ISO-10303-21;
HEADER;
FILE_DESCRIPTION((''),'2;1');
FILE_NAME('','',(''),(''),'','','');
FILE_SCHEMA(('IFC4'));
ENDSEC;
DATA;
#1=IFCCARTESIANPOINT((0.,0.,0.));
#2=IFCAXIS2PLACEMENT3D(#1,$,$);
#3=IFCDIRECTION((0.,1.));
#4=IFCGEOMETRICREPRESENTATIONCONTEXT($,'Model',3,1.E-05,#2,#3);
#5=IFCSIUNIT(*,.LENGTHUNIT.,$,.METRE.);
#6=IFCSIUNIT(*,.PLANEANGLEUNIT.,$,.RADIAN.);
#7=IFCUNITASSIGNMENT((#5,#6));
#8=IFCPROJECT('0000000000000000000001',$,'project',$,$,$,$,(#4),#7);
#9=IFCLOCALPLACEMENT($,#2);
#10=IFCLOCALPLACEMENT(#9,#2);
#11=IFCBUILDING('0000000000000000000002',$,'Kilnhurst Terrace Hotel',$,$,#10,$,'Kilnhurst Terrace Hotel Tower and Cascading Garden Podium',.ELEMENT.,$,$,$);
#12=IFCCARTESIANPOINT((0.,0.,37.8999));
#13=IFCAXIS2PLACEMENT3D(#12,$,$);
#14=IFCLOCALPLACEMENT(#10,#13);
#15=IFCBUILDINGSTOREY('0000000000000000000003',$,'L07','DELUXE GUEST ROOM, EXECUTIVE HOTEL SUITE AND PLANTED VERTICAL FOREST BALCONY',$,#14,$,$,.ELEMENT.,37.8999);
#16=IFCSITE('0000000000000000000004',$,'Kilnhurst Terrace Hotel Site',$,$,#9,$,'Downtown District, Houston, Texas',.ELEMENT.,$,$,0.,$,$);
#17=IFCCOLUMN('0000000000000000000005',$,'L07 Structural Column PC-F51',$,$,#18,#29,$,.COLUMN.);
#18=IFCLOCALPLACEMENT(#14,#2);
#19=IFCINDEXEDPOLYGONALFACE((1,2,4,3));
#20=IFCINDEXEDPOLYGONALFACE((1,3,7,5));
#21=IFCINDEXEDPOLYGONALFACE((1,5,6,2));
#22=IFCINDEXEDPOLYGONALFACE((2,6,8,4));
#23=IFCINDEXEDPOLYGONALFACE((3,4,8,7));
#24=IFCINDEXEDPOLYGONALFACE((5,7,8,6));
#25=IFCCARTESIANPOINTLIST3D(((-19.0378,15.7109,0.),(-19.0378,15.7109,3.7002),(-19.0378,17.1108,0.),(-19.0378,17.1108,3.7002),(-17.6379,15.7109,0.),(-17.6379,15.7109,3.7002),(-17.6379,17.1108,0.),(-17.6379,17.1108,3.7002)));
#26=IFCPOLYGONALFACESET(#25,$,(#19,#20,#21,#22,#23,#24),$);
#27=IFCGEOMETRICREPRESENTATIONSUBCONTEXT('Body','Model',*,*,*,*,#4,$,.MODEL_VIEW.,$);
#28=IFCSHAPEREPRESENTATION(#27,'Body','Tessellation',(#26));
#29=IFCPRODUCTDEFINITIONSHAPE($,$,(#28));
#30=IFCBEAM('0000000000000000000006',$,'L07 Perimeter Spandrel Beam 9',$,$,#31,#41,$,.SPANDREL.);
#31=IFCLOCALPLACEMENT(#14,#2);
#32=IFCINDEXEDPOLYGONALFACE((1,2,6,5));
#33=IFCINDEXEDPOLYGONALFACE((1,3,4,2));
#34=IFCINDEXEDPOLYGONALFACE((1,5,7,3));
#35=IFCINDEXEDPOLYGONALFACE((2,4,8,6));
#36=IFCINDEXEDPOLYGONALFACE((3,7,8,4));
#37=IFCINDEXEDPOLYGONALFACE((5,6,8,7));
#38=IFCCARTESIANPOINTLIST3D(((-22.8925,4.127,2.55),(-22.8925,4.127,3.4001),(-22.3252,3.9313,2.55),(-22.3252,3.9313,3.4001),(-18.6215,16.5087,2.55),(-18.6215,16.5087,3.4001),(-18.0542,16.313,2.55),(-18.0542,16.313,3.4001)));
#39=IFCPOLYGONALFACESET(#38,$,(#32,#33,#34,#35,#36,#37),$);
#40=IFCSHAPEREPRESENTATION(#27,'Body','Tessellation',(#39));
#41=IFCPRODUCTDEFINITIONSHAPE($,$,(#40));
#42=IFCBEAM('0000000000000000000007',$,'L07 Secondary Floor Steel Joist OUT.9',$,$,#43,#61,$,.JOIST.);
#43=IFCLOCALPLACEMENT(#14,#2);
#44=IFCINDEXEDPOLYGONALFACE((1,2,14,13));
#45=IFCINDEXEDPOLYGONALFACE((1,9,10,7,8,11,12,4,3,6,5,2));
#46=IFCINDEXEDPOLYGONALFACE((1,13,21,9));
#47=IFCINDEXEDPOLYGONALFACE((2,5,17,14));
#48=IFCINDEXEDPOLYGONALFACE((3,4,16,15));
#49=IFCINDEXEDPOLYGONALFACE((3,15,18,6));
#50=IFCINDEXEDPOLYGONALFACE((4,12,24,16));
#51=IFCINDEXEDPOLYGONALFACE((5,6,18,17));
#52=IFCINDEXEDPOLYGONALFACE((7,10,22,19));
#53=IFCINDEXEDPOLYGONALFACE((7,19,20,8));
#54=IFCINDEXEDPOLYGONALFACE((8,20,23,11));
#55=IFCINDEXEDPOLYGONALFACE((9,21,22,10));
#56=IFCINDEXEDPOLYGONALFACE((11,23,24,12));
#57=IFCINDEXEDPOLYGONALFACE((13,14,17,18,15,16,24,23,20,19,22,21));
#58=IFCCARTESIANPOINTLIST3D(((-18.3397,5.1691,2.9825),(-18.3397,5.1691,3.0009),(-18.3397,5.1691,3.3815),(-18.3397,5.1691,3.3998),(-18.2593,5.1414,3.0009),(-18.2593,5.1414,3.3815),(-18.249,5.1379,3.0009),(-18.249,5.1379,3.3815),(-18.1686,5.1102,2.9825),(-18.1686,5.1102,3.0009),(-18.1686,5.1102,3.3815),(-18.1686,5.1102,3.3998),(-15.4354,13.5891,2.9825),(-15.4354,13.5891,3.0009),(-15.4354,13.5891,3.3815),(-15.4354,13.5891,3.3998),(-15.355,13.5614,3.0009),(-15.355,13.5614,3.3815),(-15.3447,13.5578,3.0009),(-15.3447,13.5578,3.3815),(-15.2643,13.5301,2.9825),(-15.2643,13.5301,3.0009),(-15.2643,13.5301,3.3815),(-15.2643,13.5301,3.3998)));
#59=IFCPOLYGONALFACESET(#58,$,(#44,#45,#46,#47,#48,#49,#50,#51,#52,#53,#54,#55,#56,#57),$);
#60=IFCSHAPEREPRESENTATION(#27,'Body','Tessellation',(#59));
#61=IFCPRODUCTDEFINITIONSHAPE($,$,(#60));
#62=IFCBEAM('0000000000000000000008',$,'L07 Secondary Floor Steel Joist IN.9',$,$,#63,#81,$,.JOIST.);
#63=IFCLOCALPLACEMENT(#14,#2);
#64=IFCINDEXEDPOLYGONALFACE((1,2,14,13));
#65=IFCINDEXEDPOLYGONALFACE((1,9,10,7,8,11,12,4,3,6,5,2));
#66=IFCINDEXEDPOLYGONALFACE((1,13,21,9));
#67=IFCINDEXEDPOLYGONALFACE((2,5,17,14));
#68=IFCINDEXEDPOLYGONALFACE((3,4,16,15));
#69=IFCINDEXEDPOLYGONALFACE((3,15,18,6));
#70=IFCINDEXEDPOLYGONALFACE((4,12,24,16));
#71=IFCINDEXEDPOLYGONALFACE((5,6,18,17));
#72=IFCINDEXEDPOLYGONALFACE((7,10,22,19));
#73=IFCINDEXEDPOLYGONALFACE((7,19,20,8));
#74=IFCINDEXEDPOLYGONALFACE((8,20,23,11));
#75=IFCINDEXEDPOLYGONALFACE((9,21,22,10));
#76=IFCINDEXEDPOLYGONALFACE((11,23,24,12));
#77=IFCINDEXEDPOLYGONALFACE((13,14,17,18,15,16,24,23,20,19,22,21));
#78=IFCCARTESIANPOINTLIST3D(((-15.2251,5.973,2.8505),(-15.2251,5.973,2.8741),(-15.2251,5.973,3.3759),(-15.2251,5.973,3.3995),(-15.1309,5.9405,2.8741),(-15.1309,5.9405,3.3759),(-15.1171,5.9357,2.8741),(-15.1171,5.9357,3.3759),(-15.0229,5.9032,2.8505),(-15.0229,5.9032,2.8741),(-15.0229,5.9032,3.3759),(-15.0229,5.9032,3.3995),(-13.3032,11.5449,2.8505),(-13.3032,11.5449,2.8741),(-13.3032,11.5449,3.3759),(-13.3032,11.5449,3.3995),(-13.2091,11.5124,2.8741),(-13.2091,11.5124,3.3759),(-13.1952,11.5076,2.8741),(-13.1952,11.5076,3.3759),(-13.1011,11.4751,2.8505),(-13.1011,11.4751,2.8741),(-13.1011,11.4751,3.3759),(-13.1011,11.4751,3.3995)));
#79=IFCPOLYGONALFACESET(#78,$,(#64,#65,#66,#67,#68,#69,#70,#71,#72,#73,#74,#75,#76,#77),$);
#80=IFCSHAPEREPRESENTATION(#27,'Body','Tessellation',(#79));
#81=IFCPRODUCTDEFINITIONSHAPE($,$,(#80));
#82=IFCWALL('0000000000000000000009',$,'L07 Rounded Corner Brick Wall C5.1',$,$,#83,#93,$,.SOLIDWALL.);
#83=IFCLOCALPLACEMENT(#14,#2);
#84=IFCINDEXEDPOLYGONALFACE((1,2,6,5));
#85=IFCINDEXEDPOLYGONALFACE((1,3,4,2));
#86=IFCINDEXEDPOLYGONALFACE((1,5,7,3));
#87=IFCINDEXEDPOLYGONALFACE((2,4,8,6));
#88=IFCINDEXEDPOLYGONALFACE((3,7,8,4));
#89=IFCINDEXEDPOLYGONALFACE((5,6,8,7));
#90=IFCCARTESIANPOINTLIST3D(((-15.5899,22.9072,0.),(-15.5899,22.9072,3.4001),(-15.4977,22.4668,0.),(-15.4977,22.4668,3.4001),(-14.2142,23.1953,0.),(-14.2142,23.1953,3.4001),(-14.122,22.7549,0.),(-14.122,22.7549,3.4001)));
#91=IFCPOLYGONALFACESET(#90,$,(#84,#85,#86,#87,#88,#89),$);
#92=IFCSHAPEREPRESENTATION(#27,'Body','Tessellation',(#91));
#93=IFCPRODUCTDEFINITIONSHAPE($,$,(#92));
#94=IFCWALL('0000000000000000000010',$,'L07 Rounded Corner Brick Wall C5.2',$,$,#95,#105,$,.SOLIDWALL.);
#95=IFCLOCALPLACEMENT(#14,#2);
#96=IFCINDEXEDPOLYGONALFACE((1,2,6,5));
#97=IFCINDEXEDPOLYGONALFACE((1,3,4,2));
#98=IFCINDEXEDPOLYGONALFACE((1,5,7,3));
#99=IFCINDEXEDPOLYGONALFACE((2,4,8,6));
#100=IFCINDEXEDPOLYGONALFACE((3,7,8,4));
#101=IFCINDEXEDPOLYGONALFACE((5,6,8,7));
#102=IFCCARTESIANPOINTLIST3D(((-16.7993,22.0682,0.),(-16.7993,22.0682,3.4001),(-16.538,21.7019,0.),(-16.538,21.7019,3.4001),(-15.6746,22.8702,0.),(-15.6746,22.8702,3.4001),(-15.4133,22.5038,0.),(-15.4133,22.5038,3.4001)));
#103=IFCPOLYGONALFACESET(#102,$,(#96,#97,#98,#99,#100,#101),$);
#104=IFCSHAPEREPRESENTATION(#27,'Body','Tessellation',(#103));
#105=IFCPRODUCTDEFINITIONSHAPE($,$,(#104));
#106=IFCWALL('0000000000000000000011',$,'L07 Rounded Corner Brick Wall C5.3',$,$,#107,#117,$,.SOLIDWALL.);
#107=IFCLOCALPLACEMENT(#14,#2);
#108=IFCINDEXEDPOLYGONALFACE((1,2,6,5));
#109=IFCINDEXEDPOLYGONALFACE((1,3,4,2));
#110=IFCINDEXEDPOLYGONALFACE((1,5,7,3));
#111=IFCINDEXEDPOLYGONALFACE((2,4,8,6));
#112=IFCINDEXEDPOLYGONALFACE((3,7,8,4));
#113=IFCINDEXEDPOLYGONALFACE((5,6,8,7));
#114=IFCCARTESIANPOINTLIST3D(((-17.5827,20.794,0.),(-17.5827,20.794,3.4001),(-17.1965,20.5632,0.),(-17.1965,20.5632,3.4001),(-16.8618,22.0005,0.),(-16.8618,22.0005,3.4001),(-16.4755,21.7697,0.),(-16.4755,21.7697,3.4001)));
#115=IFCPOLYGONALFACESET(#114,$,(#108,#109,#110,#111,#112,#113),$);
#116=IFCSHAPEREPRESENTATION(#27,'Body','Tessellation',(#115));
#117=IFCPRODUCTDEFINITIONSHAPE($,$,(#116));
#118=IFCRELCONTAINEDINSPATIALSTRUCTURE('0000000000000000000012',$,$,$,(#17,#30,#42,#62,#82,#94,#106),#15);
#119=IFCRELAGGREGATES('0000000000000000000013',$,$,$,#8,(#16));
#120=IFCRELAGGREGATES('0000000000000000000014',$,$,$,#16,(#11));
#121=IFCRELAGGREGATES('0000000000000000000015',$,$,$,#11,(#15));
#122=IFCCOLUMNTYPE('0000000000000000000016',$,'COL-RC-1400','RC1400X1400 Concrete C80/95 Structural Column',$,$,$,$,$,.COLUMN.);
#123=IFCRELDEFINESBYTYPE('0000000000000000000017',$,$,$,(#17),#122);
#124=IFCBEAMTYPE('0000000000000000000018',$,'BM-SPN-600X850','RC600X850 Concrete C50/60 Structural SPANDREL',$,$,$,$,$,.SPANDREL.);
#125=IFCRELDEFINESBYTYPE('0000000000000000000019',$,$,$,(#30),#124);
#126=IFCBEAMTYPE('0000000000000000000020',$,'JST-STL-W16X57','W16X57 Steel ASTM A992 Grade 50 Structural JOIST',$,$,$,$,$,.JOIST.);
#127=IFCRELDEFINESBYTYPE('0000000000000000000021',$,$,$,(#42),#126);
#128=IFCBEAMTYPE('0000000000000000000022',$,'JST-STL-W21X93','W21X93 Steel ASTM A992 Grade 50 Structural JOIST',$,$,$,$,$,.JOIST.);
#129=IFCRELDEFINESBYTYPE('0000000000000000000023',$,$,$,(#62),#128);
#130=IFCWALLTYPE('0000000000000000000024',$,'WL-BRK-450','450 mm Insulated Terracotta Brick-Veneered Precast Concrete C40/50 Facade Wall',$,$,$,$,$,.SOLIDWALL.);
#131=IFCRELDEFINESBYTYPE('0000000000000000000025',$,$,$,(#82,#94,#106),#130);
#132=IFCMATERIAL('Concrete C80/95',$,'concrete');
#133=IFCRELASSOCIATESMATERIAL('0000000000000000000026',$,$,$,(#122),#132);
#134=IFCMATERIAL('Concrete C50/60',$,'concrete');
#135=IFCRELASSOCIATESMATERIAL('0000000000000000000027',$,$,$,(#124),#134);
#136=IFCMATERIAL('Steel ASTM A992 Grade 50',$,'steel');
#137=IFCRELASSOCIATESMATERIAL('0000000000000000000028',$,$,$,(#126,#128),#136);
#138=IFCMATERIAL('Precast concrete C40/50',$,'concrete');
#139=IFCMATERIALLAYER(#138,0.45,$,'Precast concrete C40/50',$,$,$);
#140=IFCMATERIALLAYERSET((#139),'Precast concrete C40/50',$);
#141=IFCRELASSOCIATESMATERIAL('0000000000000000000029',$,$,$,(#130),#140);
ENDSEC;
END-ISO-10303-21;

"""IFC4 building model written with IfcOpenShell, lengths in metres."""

from ifc_helpers import new_model, si_unit, direction, frame, frame_2d, origin, origin_2d, place, context, subcontext, project, spatial, rectangle, i_section, extrude, material, layer, layer_set, material_profile, profile_set, type_object, element, save


model = new_model("IFC4")

# Units and contexts
model_context = context("Model", 3, precision=1e-05, world=origin(), true_north=direction((0.0, 1.0)))
body_context = subcontext(model_context, "Body", "Model", "MODEL_VIEW")
ifc_project = project(units=[si_unit("LENGTHUNIT", "METRE"), si_unit("PLANEANGLEUNIT", "RADIAN")], contexts=[model_context])

# Site, building, storey
site_placement = place(None, origin())
site = spatial("IfcSite", under=ifc_project, at=site_placement, Name="Kilnhurst Terrace Hotel Site", LongName="Downtown District, Houston, Texas", CompositionType="ELEMENT", RefElevation=0.0)
building_placement = place(site_placement, origin())
building = spatial("IfcBuilding", under=site, at=building_placement, Name="Kilnhurst Terrace Hotel", LongName="Kilnhurst Terrace Hotel Tower and Cascading Garden Podium", CompositionType="ELEMENT")
storey_placement = place(building_placement, frame((0.0, 0.0, 37.8999)))
storey = spatial("IfcBuildingStorey", under=building, at=storey_placement, Name="L07", Description="DELUXE GUEST ROOM, EXECUTIVE HOTEL SUITE AND PLANTED VERTICAL FOREST BALCONY", CompositionType="ELEMENT", Elevation=37.8999)

# Column
ifc_material_1 = material(Name="Concrete C80/95", Category="concrete")
ifc_material_profile_1 = material_profile(ifc_material_1, rectangle(XDim=1.3999, YDim=1.3999, at=origin_2d()), Name="RC1400X1400")
ifc_profile_set_1 = profile_set([ifc_material_profile_1], Name="Concrete C80/95")
column_type = type_object("IfcColumnType", Name="COL-RC-1400", Description="RC1400X1400 Concrete C80/95 Structural Column", PredefinedType="COLUMN", material=ifc_profile_set_1)
column_placement = place(storey_placement, frame((-18.3379, 16.4109, 0.0), z_axis=(0.0, 0.0, 1.0), x_axis=(1.0, 0.0, 0.0)))
element("IfcColumn", 1, at=column_placement, inside=storey, type_object=column_type, Name="L07 Structural Column PC-F51", PredefinedType="COLUMN", context=body_context, shape_type="SweptSolid", body=[
    extrude(rectangle(XDim=1.3999, YDim=1.3999, at=origin_2d()), origin(), (0.0, 0.0, 1.0), 3.7002),
])

# Beams
ifc_material_2 = material(Name="Concrete C50/60", Category="concrete")
ifc_material_profile_2 = material_profile(ifc_material_2, rectangle(XDim=0.6001, YDim=0.8501, at=origin_2d()), Name="RC600X850")
ifc_profile_set_2 = profile_set([ifc_material_profile_2], Name="Concrete C50/60")
beam_type_1 = type_object("IfcBeamType", Name="BM-SPN-600X850", Description="RC600X850 Concrete C50/60 Structural SPANDREL", PredefinedType="SPANDREL", material=ifc_profile_set_2)
beam_1_placement = place(storey_placement, frame((-18.3379, 16.4109, 2.9751), z_axis=(-0.326086, -0.94534, 0.0), x_axis=(0.94534, -0.326086, 0.0)))
element("IfcBeam", 2, at=beam_1_placement, inside=storey, type_object=beam_type_1, Name="L07 Perimeter Spandrel Beam 9", PredefinedType="SPANDREL", context=body_context, shape_type="SweptSolid", body=[
    extrude(rectangle(XDim=0.6001, YDim=0.8501, at=origin_2d()), origin(), (0.0, 0.0, 1.0), 13.0977),
])
ifc_material_3 = material(Name="Steel ASTM A992 Grade 50", Category="steel")
ifc_material_profile_3 = material_profile(ifc_material_3, i_section(OverallWidth=0.1809, OverallDepth=0.4172, WebThickness=0.011, FlangeThickness=0.0183, at=origin_2d()), Name="W16X57")
ifc_profile_set_3 = profile_set([ifc_material_profile_3], Name="Steel ASTM A992 Grade 50")
beam_type_2 = type_object("IfcBeamType", Name="JST-STL-W16X57", Description="W16X57 Steel ASTM A992 Grade 50 Structural JOIST", PredefinedType="JOIST", material=ifc_profile_set_3)
beam_2_placement = place(storey_placement, frame((-15.3499, 13.5596, 3.1912), z_axis=(-0.326079, -0.945343, 0.0), x_axis=(0.945343, -0.326079, 0.0)))
element("IfcBeam", 3, at=beam_2_placement, inside=storey, type_object=beam_type_2, Name="L07 Secondary Floor Steel Joist OUT.9", PredefinedType="JOIST", context=body_context, shape_type="SweptSolid", body=[
    extrude(i_section(OverallWidth=0.1809, OverallDepth=0.4172, WebThickness=0.011, FlangeThickness=0.0183, at=origin_2d()), origin(), (0.0, 0.0, 1.0), 8.9067),
])
ifc_material_profile_4 = material_profile(ifc_material_3, i_section(OverallWidth=0.2139, OverallDepth=0.5491, WebThickness=0.0146, FlangeThickness=0.0237, at=origin_2d()), Name="W21X93")
ifc_profile_set_4 = profile_set([ifc_material_profile_4], Name="Steel ASTM A992 Grade 50")
beam_type_3 = type_object("IfcBeamType", Name="JST-STL-W21X93", Description="W21X93 Steel ASTM A992 Grade 50 Structural JOIST", PredefinedType="JOIST", material=ifc_profile_set_4)
beam_3_placement = place(storey_placement, frame((-13.2021, 11.51, 3.125), z_axis=(-0.326065, -0.945347, 0.0), x_axis=(0.945347, -0.326065, 0.0)))
element("IfcBeam", 4, at=beam_3_placement, inside=storey, type_object=beam_type_3, Name="L07 Secondary Floor Steel Joist IN.9", PredefinedType="JOIST", context=body_context, shape_type="SweptSolid", body=[
    extrude(i_section(OverallWidth=0.2139, OverallDepth=0.5491, WebThickness=0.0146, FlangeThickness=0.0237, at=origin_2d()), origin(), (0.0, 0.0, 1.0), 5.894),
])

# Walls
ifc_material_4 = material(Name="Precast concrete C40/50", Category="concrete")
ifc_layer_1 = layer(ifc_material_4, 0.45, Name="Precast concrete C40/50")
ifc_layer_set_1 = layer_set([ifc_layer_1], Name="Precast concrete C40/50")
wall_type_1 = type_object("IfcWallType", Name="WL-BRK-450", Description="450 mm Insulated Terracotta Brick-Veneered Precast Concrete C40/50 Facade Wall", PredefinedType="SOLIDWALL", material=ifc_layer_set_1)
wall_1_placement = place(storey_placement, frame((-14.1682, 22.9751, 0.0), z_axis=(0.0, 0.0, 1.0), x_axis=(-0.97877, -0.20496, 0.0)))
element("IfcWall", 5, at=wall_1_placement, inside=storey, type_object=wall_type_1, Name="L07 Rounded Corner Brick Wall C5.1", PredefinedType="SOLIDWALL", context=body_context, shape_type="SweptSolid", body=[
    extrude(rectangle(XDim=1.4055, YDim=0.45, at=frame_2d((0.7026, 0.0))), origin(), (0.0, 0.0, 1.0), 3.4001),
])
wall_2_placement = place(storey_placement, frame((-15.5439, 22.687, 0.0), z_axis=(0.0, 0.0, 1.0), x_axis=(-0.814211, -0.580569, 0.0)))
element("IfcWall", 6, at=wall_2_placement, inside=storey, type_object=wall_type_1, Name="L07 Rounded Corner Brick Wall C5.2", PredefinedType="SOLIDWALL", context=body_context, shape_type="SweptSolid", body=[
    extrude(rectangle(XDim=1.3813, YDim=0.45, at=frame_2d((0.6907, 0.0))), origin(), (0.0, 0.0, 1.0), 3.4001),
])
wall_3_placement = place(storey_placement, frame((-16.6687, 21.885, 0.0), z_axis=(0.0, 0.0, 1.0), x_axis=(-0.512937, -0.858426, 0.0)))
element("IfcWall", 7, at=wall_3_placement, inside=storey, type_object=wall_type_1, Name="L07 Rounded Corner Brick Wall C5.3", PredefinedType="SOLIDWALL", context=body_context, shape_type="SweptSolid", body=[
    extrude(rectangle(XDim=1.4055, YDim=0.45, at=frame_2d((0.7026, 0.0))), origin(), (0.0, 0.0, 1.0), 3.4001),
])

save(model, "model.ifc")
